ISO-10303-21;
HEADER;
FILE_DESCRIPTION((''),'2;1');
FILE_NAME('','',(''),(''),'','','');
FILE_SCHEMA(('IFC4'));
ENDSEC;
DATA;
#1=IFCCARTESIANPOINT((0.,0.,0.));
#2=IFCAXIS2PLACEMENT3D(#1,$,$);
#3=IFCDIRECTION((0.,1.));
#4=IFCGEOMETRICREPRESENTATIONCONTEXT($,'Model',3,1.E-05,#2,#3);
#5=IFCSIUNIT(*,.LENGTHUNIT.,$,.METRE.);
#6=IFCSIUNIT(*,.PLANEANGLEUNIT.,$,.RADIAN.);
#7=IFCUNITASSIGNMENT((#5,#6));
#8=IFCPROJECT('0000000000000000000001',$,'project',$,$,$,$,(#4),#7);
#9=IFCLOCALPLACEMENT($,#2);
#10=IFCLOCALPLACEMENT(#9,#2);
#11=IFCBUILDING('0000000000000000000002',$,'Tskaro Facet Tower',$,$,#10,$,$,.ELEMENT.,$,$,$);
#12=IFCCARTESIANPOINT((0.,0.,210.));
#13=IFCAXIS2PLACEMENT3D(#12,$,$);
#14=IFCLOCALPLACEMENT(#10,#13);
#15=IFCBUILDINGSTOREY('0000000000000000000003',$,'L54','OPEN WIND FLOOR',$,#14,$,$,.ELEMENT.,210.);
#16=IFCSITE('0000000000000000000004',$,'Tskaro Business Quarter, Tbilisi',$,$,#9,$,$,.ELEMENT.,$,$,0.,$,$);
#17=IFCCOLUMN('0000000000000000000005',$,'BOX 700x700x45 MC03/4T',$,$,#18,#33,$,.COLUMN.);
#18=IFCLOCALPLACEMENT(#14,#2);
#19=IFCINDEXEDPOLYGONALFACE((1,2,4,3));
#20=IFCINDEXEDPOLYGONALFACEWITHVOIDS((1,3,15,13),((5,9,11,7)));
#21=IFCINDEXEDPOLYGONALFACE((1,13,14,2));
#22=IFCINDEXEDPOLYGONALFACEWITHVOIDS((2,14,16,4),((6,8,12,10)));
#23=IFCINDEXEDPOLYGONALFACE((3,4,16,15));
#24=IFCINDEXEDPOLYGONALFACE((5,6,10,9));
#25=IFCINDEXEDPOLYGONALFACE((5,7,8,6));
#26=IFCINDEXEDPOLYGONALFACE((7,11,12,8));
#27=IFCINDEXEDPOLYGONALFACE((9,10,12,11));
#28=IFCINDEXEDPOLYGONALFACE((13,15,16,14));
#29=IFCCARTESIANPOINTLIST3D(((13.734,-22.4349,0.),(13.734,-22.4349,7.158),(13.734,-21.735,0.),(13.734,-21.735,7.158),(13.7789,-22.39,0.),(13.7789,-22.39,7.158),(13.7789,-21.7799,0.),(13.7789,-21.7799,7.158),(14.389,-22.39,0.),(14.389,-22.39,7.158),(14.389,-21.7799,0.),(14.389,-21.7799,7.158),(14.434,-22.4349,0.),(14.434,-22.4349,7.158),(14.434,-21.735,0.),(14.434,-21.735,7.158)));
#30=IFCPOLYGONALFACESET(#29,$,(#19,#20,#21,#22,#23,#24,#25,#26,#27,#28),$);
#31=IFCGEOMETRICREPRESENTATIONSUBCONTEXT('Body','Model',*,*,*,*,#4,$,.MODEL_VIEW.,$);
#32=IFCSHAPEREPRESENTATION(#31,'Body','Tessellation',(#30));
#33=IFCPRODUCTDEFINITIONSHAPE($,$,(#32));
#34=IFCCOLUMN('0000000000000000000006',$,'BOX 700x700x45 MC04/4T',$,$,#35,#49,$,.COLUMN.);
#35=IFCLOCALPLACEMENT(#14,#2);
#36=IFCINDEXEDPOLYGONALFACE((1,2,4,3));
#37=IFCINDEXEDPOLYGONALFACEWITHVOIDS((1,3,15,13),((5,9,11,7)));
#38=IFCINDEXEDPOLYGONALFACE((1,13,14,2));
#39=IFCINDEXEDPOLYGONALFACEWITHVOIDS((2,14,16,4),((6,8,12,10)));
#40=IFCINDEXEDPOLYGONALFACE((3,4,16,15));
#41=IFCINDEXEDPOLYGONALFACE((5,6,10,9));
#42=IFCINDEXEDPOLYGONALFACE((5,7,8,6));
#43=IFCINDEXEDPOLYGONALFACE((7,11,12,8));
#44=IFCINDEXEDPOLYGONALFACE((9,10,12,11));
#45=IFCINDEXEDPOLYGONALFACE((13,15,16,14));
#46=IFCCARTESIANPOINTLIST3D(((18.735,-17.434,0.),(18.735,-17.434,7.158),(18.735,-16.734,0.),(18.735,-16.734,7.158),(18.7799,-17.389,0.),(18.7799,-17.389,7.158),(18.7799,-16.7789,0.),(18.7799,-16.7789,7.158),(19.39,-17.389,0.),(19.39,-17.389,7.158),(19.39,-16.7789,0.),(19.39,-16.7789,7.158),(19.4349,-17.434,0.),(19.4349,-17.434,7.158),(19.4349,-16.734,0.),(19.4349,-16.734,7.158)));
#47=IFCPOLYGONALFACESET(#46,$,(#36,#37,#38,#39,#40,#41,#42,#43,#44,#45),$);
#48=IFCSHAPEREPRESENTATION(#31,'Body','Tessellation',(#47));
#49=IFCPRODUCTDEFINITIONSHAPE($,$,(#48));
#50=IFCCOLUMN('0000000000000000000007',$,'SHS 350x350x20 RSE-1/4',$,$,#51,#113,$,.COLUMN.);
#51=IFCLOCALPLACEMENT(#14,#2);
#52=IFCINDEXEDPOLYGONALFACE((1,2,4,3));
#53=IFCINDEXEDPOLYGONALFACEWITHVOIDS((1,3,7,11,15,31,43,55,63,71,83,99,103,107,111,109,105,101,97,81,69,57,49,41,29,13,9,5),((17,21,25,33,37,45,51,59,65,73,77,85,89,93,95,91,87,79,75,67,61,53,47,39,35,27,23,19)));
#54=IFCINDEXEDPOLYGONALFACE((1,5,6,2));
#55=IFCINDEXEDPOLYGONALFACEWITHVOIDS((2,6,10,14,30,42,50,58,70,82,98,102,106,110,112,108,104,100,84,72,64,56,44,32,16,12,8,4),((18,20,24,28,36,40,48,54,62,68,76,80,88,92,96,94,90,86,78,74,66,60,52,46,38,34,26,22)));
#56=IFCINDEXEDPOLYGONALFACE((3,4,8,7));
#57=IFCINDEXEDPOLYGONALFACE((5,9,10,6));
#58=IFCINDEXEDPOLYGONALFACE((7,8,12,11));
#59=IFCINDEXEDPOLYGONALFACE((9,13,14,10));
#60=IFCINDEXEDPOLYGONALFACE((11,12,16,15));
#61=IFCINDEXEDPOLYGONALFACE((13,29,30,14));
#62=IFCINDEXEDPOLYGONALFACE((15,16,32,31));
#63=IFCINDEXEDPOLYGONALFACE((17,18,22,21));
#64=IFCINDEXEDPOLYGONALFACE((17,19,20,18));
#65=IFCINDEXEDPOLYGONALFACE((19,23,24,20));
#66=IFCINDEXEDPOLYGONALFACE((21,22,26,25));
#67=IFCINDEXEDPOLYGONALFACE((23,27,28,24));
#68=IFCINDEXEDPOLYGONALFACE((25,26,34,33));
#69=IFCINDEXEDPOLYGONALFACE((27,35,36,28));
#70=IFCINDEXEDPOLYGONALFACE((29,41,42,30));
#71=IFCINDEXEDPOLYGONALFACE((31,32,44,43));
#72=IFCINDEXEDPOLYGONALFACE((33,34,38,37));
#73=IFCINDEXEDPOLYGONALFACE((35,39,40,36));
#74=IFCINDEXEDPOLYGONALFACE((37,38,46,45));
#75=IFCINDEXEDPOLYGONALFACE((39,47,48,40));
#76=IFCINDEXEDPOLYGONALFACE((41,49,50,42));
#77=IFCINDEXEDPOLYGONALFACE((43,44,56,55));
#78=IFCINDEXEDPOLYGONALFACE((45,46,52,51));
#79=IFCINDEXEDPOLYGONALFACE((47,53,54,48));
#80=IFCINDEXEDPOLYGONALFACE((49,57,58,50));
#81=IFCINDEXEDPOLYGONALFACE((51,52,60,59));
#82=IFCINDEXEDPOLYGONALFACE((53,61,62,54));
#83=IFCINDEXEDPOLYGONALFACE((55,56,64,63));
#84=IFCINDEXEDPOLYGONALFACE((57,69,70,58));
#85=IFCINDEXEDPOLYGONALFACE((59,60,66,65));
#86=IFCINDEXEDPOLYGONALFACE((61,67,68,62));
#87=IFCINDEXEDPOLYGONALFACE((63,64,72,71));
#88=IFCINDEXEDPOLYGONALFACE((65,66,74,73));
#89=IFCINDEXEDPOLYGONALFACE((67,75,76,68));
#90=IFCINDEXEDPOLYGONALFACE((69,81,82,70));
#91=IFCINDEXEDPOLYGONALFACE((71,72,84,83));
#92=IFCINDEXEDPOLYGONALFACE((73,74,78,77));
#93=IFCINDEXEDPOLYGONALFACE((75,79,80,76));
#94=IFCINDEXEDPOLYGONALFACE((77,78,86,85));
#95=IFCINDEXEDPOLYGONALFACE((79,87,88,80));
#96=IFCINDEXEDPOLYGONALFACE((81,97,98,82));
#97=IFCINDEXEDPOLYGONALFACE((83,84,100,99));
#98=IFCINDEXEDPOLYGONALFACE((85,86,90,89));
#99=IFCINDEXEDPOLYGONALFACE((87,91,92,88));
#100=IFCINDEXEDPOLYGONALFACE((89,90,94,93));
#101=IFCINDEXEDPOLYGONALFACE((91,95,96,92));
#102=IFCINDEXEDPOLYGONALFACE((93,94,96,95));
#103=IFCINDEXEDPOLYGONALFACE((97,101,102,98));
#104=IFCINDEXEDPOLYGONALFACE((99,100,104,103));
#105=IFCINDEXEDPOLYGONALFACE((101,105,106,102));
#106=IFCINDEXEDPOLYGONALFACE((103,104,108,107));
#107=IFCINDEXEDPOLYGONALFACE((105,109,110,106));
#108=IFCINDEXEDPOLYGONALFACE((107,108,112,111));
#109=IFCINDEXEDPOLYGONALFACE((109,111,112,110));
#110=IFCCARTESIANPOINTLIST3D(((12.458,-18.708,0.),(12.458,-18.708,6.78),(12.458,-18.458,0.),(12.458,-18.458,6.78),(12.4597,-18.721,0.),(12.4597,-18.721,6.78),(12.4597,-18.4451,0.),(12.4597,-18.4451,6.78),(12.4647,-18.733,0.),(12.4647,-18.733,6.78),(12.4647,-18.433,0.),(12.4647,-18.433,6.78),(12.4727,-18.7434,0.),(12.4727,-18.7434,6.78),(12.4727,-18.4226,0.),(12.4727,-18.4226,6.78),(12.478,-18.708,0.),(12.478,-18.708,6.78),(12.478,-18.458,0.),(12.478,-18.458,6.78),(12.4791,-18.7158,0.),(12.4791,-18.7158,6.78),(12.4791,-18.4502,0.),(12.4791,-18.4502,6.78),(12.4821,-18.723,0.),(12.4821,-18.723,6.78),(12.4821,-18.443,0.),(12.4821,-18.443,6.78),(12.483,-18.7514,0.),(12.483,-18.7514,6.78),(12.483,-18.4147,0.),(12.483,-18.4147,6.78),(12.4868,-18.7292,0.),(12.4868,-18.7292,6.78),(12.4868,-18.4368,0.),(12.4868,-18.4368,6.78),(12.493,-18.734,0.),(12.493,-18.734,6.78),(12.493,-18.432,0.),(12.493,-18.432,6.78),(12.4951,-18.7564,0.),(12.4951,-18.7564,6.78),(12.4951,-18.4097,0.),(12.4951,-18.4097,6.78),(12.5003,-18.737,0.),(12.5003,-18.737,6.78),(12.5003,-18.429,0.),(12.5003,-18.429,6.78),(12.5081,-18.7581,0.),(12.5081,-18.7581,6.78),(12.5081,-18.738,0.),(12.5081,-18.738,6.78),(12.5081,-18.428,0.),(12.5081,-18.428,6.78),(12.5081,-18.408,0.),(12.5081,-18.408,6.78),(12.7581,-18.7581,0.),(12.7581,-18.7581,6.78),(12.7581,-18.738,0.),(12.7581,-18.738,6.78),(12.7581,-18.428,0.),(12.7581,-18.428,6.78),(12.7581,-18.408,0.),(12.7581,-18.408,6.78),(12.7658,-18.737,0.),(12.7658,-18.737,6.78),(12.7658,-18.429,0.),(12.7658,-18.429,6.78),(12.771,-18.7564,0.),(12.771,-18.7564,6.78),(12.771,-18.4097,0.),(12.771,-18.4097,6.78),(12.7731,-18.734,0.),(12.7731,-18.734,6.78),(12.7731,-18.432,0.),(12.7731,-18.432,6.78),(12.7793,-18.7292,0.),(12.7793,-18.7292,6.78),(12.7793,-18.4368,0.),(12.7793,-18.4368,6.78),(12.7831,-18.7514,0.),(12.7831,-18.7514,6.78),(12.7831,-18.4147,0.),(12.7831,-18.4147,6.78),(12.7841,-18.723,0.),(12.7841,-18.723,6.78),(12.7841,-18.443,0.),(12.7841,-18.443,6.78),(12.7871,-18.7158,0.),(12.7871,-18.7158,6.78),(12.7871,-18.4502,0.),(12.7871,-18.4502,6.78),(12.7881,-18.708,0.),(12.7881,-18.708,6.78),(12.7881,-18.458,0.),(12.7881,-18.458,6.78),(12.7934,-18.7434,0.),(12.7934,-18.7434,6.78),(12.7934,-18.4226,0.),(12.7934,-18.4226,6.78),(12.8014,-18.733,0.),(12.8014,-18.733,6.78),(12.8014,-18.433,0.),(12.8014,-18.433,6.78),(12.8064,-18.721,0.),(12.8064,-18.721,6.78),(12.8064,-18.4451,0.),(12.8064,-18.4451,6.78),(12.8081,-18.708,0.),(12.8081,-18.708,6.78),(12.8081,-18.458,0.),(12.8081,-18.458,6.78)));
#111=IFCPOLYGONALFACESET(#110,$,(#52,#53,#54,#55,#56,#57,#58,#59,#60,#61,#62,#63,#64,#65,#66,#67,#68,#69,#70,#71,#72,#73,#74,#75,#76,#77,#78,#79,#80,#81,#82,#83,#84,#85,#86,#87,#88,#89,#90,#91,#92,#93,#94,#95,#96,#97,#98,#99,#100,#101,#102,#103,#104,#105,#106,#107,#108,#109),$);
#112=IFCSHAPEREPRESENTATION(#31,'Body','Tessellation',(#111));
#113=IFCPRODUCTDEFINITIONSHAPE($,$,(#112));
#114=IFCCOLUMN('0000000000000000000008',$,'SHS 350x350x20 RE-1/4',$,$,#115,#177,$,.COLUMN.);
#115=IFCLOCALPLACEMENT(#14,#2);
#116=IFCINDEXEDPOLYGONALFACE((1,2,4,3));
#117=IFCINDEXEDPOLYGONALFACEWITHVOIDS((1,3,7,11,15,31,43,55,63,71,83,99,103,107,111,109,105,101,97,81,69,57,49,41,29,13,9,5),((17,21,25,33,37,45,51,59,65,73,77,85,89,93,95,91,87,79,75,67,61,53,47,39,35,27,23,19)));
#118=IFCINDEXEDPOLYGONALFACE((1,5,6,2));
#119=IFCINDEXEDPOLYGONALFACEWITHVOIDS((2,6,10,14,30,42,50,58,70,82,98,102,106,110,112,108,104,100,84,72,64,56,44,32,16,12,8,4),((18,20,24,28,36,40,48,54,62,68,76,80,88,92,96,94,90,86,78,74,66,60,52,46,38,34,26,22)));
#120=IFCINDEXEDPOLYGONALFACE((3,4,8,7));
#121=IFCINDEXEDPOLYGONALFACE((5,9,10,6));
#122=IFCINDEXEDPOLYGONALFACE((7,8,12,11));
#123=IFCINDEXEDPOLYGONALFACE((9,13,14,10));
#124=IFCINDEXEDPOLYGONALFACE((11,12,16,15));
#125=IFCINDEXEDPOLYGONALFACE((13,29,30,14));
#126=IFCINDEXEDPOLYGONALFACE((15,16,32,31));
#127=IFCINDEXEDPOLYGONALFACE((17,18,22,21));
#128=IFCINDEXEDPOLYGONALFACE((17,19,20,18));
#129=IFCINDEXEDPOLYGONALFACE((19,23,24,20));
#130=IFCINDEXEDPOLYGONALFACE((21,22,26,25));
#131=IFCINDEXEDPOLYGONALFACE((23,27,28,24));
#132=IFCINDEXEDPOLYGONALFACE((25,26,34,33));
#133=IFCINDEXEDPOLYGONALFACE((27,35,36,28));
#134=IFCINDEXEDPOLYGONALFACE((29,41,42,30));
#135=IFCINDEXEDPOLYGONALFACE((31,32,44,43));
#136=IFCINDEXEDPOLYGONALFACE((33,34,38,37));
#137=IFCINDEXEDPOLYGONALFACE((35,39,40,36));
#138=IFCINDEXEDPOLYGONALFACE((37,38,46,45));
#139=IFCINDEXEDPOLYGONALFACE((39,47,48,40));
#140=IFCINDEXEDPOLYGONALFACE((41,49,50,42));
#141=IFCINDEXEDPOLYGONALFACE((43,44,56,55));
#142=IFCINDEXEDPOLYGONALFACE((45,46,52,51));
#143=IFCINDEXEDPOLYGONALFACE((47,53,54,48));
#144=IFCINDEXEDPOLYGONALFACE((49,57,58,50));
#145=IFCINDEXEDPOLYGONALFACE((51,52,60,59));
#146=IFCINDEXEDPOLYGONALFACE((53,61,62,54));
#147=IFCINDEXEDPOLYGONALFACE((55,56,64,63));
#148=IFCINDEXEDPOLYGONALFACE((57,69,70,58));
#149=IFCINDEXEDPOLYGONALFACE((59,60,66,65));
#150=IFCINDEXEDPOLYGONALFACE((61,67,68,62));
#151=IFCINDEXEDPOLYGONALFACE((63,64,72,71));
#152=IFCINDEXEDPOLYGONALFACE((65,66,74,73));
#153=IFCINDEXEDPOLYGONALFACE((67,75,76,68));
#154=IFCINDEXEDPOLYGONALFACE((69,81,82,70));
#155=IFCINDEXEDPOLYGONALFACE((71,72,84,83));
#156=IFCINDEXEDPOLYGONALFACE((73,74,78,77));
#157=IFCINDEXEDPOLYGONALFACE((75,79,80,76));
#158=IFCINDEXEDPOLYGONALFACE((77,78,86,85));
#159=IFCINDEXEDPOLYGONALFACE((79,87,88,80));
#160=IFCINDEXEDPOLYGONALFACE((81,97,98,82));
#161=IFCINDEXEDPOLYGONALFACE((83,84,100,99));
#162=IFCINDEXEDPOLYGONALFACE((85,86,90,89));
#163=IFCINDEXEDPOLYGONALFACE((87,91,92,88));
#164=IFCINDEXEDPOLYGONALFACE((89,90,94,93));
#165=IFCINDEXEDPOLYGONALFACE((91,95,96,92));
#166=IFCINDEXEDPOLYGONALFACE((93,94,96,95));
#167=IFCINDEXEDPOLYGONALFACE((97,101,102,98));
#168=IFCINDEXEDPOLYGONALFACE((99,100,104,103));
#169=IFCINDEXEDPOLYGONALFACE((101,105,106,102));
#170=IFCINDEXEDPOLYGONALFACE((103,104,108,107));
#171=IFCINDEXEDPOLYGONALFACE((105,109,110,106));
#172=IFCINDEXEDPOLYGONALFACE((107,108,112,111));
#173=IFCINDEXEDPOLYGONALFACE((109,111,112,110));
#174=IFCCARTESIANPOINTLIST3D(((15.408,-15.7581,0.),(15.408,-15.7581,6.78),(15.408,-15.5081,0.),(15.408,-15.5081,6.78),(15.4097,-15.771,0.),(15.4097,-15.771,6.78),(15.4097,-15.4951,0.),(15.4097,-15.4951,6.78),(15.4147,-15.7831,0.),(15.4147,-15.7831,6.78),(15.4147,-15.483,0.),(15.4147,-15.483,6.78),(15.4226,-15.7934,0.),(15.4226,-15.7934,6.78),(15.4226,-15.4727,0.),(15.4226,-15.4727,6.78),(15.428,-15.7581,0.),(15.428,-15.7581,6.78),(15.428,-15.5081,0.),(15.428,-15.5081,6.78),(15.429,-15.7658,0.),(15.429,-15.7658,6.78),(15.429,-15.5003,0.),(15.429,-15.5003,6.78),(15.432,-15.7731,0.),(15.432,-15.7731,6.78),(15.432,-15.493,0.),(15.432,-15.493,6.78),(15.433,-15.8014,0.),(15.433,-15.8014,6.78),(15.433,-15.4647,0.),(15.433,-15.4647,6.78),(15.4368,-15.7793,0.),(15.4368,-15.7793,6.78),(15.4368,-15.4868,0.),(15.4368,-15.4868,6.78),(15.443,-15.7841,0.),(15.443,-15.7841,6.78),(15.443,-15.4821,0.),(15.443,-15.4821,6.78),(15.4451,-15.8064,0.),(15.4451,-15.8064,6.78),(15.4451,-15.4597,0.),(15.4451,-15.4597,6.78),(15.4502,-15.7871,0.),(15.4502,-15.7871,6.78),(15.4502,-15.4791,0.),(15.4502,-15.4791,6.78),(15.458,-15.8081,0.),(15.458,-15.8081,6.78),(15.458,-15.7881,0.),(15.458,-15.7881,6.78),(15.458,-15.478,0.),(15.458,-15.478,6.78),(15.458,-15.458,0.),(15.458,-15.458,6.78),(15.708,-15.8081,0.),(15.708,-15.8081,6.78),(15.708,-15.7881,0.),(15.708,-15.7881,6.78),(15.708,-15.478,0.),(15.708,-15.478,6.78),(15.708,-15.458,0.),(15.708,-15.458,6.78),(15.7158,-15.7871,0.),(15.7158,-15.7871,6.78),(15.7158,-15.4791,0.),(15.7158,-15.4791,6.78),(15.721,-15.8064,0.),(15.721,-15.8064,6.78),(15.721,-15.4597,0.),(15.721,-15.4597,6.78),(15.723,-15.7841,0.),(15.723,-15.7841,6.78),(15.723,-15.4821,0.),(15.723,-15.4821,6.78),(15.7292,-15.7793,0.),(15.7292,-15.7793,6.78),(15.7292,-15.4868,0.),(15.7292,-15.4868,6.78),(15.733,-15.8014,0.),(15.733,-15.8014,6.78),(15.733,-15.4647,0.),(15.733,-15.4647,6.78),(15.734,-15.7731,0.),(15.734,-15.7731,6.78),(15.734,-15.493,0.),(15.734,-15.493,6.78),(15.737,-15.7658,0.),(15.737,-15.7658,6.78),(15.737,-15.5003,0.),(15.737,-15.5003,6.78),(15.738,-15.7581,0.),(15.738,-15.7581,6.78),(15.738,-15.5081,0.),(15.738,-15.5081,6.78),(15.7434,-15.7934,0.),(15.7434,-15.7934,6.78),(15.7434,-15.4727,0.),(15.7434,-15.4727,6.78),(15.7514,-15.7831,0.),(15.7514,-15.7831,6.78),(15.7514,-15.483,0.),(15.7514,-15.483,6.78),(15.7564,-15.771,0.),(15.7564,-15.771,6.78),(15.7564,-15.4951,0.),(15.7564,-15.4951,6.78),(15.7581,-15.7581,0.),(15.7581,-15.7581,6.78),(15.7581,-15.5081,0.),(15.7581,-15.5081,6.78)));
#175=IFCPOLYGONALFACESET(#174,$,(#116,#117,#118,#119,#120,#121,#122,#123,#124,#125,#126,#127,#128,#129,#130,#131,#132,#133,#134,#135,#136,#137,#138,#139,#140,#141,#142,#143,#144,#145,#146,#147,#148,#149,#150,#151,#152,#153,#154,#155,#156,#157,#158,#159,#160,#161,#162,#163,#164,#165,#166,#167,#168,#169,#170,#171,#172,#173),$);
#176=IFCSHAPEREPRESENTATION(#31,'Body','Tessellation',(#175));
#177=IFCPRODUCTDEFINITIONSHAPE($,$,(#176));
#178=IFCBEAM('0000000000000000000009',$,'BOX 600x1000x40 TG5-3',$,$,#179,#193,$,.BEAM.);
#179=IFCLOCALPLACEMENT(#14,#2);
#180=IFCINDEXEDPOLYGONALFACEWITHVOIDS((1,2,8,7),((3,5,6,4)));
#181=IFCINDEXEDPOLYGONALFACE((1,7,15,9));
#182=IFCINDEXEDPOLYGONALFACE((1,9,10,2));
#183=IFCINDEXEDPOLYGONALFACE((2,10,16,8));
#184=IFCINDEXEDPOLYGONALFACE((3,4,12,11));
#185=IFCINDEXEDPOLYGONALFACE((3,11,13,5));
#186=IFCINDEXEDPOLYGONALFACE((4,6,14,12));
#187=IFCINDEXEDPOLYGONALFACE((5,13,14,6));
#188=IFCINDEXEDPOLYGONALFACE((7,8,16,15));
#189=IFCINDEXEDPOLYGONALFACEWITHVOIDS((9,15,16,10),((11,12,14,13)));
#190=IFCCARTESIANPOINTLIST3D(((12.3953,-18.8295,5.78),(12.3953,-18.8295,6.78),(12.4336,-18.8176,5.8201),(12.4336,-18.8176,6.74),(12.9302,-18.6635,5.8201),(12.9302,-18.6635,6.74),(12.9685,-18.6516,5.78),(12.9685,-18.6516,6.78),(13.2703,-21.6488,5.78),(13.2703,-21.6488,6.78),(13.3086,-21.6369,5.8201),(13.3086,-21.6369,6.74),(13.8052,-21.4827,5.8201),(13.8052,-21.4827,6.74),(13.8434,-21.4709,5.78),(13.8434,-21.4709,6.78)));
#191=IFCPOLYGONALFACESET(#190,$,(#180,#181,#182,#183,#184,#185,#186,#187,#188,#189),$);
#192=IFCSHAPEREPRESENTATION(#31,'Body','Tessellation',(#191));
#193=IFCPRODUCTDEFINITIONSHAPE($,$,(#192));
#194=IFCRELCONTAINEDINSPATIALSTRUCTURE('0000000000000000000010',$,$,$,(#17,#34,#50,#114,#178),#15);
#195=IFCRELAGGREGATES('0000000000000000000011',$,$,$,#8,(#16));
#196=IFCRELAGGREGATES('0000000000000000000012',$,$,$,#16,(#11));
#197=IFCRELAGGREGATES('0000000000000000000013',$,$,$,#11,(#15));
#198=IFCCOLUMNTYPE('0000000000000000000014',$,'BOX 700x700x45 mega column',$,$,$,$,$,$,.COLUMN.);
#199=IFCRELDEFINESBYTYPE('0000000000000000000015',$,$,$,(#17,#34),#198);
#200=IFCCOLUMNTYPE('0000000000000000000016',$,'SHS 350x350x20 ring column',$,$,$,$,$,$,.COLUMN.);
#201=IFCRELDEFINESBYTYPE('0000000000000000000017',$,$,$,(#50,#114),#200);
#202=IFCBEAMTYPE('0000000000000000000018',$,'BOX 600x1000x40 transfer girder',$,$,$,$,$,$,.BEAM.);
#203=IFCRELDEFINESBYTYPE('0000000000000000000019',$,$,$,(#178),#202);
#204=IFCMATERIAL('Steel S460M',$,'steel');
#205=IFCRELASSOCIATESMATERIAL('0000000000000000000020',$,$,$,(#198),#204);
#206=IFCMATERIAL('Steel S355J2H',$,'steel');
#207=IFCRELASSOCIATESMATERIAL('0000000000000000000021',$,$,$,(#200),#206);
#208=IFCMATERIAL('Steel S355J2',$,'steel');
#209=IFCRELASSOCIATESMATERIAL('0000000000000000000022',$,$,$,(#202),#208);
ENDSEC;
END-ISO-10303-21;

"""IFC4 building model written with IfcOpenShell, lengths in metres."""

from ifc_helpers import new_model, si_unit, direction, frame, origin, origin_2d, place, context, subcontext, project, spatial, hollow_rectangle, extrude, material, material_profile, profile_set, type_object, element, save


model = new_model("IFC4")

# Units and contexts
model_context = context("Model", 3, precision=1e-05, world=origin(), true_north=direction((0.0, 1.0)))
body_context = subcontext(model_context, "Body", "Model", "MODEL_VIEW")
ifc_project = project(units=[si_unit("LENGTHUNIT", "METRE"), si_unit("PLANEANGLEUNIT", "RADIAN")], contexts=[model_context])

# Site, building, storey
site_placement = place(None, origin())
site = spatial("IfcSite", under=ifc_project, at=site_placement, Name="Tskaro Business Quarter, Tbilisi", CompositionType="ELEMENT", RefElevation=0.0)
building_placement = place(site_placement, origin())
building = spatial("IfcBuilding", under=site, at=building_placement, Name="Tskaro Facet Tower", CompositionType="ELEMENT")
storey_placement = place(building_placement, frame((0.0, 0.0, 210.0)))
storey = spatial("IfcBuildingStorey", under=building, at=storey_placement, Name="L54", Description="OPEN WIND FLOOR", CompositionType="ELEMENT", Elevation=210.0)

# Columns
ifc_material_1 = material(Name="Steel S460M", Category="steel")
ifc_material_profile_1 = material_profile(ifc_material_1, hollow_rectangle(XDim=0.7, YDim=0.7, WallThickness=0.0449, at=origin_2d()), Name="BOX 700x700x45")
ifc_profile_set_1 = profile_set([ifc_material_profile_1], Name="Steel S460M")
column_type_1 = type_object("IfcColumnType", Name="BOX 700x700x45 mega column", PredefinedType="COLUMN", material=ifc_profile_set_1)
for number, where, z_axis, x_axis, name in (
    (1, (14.084, -22.085, 0.0), (0.0, 0.0, 1.0), (1.0, 0.0, 0.0), "BOX 700x700x45 MC03/4T"),
    (2, (19.085, -17.084, 0.0), (0.0, 0.0, 1.0), (1.0, 0.0, 0.0), "BOX 700x700x45 MC04/4T"),
):
    element("IfcColumn", number, at=place(storey_placement, frame(where, z_axis=z_axis, x_axis=x_axis)), inside=storey, type_object=column_type_1, Name=name, PredefinedType="COLUMN", context=body_context, shape_type="SweptSolid", body=[
        extrude(hollow_rectangle(XDim=0.7, YDim=0.7, WallThickness=0.0449, at=origin_2d()), origin(), (0.0, 0.0, 1.0), 7.158),
    ])
ifc_material_2 = material(Name="Steel S355J2H", Category="steel")
ifc_material_profile_2 = material_profile(ifc_material_2, hollow_rectangle(XDim=0.3501, YDim=0.3501, WallThickness=0.02, InnerFilletRadius=0.03, OuterFilletRadius=0.05, at=origin_2d()), Name="SHS 350x350x20")
ifc_profile_set_2 = profile_set([ifc_material_profile_2], Name="Steel S355J2H")
column_type_2 = type_object("IfcColumnType", Name="SHS 350x350x20 ring column", PredefinedType="COLUMN", material=ifc_profile_set_2)
for number, where, z_axis, x_axis, name in (
    (3, (12.6331, -18.583, 0.0), (0.0, 0.0, 1.0), (1.0, 0.0, 0.0), "SHS 350x350x20 RSE-1/4"),
    (4, (15.583, -15.6331, 0.0), (0.0, 0.0, 1.0), (1.0, 0.0, 0.0), "SHS 350x350x20 RE-1/4"),
):
    element("IfcColumn", number, at=place(storey_placement, frame(where, z_axis=z_axis, x_axis=x_axis)), inside=storey, type_object=column_type_2, Name=name, PredefinedType="COLUMN", context=body_context, shape_type="SweptSolid", body=[
        extrude(hollow_rectangle(XDim=0.3501, YDim=0.3501, WallThickness=0.02, InnerFilletRadius=0.03, OuterFilletRadius=0.05, at=origin_2d()), origin(), (0.0, 0.0, 1.0), 6.78),
    ])

# Beam
ifc_material_3 = material(Name="Steel S355J2", Category="steel")
ifc_material_profile_3 = material_profile(ifc_material_3, hollow_rectangle(XDim=0.6001, YDim=1.0, WallThickness=0.04, at=origin_2d()), Name="BOX 600x1000x40")
ifc_profile_set_3 = profile_set([ifc_material_profile_3], Name="Steel S355J2")
beam_type_1 = type_object("IfcBeamType", Name="BOX 600x1000x40 transfer girder", PredefinedType="BEAM", material=ifc_profile_set_3)
for number, where, z_axis, x_axis, name in (
    (5, (13.5569, -21.5598, 6.28), (-0.29641, 0.955061, 0.0), (-0.955061, -0.29641, 0.0), "BOX 600x1000x40 TG5-3"),
):
    element("IfcBeam", number, at=place(storey_placement, frame(where, z_axis=z_axis, x_axis=x_axis)), inside=storey, type_object=beam_type_1, Name=name, PredefinedType="BEAM", context=body_context, shape_type="SweptSolid", body=[
        extrude(hollow_rectangle(XDim=0.6001, YDim=1.0, WallThickness=0.04, at=origin_2d()), origin(), (0.0, 0.0, 1.0), 2.9519),
    ])

save(model, "model.ifc")
